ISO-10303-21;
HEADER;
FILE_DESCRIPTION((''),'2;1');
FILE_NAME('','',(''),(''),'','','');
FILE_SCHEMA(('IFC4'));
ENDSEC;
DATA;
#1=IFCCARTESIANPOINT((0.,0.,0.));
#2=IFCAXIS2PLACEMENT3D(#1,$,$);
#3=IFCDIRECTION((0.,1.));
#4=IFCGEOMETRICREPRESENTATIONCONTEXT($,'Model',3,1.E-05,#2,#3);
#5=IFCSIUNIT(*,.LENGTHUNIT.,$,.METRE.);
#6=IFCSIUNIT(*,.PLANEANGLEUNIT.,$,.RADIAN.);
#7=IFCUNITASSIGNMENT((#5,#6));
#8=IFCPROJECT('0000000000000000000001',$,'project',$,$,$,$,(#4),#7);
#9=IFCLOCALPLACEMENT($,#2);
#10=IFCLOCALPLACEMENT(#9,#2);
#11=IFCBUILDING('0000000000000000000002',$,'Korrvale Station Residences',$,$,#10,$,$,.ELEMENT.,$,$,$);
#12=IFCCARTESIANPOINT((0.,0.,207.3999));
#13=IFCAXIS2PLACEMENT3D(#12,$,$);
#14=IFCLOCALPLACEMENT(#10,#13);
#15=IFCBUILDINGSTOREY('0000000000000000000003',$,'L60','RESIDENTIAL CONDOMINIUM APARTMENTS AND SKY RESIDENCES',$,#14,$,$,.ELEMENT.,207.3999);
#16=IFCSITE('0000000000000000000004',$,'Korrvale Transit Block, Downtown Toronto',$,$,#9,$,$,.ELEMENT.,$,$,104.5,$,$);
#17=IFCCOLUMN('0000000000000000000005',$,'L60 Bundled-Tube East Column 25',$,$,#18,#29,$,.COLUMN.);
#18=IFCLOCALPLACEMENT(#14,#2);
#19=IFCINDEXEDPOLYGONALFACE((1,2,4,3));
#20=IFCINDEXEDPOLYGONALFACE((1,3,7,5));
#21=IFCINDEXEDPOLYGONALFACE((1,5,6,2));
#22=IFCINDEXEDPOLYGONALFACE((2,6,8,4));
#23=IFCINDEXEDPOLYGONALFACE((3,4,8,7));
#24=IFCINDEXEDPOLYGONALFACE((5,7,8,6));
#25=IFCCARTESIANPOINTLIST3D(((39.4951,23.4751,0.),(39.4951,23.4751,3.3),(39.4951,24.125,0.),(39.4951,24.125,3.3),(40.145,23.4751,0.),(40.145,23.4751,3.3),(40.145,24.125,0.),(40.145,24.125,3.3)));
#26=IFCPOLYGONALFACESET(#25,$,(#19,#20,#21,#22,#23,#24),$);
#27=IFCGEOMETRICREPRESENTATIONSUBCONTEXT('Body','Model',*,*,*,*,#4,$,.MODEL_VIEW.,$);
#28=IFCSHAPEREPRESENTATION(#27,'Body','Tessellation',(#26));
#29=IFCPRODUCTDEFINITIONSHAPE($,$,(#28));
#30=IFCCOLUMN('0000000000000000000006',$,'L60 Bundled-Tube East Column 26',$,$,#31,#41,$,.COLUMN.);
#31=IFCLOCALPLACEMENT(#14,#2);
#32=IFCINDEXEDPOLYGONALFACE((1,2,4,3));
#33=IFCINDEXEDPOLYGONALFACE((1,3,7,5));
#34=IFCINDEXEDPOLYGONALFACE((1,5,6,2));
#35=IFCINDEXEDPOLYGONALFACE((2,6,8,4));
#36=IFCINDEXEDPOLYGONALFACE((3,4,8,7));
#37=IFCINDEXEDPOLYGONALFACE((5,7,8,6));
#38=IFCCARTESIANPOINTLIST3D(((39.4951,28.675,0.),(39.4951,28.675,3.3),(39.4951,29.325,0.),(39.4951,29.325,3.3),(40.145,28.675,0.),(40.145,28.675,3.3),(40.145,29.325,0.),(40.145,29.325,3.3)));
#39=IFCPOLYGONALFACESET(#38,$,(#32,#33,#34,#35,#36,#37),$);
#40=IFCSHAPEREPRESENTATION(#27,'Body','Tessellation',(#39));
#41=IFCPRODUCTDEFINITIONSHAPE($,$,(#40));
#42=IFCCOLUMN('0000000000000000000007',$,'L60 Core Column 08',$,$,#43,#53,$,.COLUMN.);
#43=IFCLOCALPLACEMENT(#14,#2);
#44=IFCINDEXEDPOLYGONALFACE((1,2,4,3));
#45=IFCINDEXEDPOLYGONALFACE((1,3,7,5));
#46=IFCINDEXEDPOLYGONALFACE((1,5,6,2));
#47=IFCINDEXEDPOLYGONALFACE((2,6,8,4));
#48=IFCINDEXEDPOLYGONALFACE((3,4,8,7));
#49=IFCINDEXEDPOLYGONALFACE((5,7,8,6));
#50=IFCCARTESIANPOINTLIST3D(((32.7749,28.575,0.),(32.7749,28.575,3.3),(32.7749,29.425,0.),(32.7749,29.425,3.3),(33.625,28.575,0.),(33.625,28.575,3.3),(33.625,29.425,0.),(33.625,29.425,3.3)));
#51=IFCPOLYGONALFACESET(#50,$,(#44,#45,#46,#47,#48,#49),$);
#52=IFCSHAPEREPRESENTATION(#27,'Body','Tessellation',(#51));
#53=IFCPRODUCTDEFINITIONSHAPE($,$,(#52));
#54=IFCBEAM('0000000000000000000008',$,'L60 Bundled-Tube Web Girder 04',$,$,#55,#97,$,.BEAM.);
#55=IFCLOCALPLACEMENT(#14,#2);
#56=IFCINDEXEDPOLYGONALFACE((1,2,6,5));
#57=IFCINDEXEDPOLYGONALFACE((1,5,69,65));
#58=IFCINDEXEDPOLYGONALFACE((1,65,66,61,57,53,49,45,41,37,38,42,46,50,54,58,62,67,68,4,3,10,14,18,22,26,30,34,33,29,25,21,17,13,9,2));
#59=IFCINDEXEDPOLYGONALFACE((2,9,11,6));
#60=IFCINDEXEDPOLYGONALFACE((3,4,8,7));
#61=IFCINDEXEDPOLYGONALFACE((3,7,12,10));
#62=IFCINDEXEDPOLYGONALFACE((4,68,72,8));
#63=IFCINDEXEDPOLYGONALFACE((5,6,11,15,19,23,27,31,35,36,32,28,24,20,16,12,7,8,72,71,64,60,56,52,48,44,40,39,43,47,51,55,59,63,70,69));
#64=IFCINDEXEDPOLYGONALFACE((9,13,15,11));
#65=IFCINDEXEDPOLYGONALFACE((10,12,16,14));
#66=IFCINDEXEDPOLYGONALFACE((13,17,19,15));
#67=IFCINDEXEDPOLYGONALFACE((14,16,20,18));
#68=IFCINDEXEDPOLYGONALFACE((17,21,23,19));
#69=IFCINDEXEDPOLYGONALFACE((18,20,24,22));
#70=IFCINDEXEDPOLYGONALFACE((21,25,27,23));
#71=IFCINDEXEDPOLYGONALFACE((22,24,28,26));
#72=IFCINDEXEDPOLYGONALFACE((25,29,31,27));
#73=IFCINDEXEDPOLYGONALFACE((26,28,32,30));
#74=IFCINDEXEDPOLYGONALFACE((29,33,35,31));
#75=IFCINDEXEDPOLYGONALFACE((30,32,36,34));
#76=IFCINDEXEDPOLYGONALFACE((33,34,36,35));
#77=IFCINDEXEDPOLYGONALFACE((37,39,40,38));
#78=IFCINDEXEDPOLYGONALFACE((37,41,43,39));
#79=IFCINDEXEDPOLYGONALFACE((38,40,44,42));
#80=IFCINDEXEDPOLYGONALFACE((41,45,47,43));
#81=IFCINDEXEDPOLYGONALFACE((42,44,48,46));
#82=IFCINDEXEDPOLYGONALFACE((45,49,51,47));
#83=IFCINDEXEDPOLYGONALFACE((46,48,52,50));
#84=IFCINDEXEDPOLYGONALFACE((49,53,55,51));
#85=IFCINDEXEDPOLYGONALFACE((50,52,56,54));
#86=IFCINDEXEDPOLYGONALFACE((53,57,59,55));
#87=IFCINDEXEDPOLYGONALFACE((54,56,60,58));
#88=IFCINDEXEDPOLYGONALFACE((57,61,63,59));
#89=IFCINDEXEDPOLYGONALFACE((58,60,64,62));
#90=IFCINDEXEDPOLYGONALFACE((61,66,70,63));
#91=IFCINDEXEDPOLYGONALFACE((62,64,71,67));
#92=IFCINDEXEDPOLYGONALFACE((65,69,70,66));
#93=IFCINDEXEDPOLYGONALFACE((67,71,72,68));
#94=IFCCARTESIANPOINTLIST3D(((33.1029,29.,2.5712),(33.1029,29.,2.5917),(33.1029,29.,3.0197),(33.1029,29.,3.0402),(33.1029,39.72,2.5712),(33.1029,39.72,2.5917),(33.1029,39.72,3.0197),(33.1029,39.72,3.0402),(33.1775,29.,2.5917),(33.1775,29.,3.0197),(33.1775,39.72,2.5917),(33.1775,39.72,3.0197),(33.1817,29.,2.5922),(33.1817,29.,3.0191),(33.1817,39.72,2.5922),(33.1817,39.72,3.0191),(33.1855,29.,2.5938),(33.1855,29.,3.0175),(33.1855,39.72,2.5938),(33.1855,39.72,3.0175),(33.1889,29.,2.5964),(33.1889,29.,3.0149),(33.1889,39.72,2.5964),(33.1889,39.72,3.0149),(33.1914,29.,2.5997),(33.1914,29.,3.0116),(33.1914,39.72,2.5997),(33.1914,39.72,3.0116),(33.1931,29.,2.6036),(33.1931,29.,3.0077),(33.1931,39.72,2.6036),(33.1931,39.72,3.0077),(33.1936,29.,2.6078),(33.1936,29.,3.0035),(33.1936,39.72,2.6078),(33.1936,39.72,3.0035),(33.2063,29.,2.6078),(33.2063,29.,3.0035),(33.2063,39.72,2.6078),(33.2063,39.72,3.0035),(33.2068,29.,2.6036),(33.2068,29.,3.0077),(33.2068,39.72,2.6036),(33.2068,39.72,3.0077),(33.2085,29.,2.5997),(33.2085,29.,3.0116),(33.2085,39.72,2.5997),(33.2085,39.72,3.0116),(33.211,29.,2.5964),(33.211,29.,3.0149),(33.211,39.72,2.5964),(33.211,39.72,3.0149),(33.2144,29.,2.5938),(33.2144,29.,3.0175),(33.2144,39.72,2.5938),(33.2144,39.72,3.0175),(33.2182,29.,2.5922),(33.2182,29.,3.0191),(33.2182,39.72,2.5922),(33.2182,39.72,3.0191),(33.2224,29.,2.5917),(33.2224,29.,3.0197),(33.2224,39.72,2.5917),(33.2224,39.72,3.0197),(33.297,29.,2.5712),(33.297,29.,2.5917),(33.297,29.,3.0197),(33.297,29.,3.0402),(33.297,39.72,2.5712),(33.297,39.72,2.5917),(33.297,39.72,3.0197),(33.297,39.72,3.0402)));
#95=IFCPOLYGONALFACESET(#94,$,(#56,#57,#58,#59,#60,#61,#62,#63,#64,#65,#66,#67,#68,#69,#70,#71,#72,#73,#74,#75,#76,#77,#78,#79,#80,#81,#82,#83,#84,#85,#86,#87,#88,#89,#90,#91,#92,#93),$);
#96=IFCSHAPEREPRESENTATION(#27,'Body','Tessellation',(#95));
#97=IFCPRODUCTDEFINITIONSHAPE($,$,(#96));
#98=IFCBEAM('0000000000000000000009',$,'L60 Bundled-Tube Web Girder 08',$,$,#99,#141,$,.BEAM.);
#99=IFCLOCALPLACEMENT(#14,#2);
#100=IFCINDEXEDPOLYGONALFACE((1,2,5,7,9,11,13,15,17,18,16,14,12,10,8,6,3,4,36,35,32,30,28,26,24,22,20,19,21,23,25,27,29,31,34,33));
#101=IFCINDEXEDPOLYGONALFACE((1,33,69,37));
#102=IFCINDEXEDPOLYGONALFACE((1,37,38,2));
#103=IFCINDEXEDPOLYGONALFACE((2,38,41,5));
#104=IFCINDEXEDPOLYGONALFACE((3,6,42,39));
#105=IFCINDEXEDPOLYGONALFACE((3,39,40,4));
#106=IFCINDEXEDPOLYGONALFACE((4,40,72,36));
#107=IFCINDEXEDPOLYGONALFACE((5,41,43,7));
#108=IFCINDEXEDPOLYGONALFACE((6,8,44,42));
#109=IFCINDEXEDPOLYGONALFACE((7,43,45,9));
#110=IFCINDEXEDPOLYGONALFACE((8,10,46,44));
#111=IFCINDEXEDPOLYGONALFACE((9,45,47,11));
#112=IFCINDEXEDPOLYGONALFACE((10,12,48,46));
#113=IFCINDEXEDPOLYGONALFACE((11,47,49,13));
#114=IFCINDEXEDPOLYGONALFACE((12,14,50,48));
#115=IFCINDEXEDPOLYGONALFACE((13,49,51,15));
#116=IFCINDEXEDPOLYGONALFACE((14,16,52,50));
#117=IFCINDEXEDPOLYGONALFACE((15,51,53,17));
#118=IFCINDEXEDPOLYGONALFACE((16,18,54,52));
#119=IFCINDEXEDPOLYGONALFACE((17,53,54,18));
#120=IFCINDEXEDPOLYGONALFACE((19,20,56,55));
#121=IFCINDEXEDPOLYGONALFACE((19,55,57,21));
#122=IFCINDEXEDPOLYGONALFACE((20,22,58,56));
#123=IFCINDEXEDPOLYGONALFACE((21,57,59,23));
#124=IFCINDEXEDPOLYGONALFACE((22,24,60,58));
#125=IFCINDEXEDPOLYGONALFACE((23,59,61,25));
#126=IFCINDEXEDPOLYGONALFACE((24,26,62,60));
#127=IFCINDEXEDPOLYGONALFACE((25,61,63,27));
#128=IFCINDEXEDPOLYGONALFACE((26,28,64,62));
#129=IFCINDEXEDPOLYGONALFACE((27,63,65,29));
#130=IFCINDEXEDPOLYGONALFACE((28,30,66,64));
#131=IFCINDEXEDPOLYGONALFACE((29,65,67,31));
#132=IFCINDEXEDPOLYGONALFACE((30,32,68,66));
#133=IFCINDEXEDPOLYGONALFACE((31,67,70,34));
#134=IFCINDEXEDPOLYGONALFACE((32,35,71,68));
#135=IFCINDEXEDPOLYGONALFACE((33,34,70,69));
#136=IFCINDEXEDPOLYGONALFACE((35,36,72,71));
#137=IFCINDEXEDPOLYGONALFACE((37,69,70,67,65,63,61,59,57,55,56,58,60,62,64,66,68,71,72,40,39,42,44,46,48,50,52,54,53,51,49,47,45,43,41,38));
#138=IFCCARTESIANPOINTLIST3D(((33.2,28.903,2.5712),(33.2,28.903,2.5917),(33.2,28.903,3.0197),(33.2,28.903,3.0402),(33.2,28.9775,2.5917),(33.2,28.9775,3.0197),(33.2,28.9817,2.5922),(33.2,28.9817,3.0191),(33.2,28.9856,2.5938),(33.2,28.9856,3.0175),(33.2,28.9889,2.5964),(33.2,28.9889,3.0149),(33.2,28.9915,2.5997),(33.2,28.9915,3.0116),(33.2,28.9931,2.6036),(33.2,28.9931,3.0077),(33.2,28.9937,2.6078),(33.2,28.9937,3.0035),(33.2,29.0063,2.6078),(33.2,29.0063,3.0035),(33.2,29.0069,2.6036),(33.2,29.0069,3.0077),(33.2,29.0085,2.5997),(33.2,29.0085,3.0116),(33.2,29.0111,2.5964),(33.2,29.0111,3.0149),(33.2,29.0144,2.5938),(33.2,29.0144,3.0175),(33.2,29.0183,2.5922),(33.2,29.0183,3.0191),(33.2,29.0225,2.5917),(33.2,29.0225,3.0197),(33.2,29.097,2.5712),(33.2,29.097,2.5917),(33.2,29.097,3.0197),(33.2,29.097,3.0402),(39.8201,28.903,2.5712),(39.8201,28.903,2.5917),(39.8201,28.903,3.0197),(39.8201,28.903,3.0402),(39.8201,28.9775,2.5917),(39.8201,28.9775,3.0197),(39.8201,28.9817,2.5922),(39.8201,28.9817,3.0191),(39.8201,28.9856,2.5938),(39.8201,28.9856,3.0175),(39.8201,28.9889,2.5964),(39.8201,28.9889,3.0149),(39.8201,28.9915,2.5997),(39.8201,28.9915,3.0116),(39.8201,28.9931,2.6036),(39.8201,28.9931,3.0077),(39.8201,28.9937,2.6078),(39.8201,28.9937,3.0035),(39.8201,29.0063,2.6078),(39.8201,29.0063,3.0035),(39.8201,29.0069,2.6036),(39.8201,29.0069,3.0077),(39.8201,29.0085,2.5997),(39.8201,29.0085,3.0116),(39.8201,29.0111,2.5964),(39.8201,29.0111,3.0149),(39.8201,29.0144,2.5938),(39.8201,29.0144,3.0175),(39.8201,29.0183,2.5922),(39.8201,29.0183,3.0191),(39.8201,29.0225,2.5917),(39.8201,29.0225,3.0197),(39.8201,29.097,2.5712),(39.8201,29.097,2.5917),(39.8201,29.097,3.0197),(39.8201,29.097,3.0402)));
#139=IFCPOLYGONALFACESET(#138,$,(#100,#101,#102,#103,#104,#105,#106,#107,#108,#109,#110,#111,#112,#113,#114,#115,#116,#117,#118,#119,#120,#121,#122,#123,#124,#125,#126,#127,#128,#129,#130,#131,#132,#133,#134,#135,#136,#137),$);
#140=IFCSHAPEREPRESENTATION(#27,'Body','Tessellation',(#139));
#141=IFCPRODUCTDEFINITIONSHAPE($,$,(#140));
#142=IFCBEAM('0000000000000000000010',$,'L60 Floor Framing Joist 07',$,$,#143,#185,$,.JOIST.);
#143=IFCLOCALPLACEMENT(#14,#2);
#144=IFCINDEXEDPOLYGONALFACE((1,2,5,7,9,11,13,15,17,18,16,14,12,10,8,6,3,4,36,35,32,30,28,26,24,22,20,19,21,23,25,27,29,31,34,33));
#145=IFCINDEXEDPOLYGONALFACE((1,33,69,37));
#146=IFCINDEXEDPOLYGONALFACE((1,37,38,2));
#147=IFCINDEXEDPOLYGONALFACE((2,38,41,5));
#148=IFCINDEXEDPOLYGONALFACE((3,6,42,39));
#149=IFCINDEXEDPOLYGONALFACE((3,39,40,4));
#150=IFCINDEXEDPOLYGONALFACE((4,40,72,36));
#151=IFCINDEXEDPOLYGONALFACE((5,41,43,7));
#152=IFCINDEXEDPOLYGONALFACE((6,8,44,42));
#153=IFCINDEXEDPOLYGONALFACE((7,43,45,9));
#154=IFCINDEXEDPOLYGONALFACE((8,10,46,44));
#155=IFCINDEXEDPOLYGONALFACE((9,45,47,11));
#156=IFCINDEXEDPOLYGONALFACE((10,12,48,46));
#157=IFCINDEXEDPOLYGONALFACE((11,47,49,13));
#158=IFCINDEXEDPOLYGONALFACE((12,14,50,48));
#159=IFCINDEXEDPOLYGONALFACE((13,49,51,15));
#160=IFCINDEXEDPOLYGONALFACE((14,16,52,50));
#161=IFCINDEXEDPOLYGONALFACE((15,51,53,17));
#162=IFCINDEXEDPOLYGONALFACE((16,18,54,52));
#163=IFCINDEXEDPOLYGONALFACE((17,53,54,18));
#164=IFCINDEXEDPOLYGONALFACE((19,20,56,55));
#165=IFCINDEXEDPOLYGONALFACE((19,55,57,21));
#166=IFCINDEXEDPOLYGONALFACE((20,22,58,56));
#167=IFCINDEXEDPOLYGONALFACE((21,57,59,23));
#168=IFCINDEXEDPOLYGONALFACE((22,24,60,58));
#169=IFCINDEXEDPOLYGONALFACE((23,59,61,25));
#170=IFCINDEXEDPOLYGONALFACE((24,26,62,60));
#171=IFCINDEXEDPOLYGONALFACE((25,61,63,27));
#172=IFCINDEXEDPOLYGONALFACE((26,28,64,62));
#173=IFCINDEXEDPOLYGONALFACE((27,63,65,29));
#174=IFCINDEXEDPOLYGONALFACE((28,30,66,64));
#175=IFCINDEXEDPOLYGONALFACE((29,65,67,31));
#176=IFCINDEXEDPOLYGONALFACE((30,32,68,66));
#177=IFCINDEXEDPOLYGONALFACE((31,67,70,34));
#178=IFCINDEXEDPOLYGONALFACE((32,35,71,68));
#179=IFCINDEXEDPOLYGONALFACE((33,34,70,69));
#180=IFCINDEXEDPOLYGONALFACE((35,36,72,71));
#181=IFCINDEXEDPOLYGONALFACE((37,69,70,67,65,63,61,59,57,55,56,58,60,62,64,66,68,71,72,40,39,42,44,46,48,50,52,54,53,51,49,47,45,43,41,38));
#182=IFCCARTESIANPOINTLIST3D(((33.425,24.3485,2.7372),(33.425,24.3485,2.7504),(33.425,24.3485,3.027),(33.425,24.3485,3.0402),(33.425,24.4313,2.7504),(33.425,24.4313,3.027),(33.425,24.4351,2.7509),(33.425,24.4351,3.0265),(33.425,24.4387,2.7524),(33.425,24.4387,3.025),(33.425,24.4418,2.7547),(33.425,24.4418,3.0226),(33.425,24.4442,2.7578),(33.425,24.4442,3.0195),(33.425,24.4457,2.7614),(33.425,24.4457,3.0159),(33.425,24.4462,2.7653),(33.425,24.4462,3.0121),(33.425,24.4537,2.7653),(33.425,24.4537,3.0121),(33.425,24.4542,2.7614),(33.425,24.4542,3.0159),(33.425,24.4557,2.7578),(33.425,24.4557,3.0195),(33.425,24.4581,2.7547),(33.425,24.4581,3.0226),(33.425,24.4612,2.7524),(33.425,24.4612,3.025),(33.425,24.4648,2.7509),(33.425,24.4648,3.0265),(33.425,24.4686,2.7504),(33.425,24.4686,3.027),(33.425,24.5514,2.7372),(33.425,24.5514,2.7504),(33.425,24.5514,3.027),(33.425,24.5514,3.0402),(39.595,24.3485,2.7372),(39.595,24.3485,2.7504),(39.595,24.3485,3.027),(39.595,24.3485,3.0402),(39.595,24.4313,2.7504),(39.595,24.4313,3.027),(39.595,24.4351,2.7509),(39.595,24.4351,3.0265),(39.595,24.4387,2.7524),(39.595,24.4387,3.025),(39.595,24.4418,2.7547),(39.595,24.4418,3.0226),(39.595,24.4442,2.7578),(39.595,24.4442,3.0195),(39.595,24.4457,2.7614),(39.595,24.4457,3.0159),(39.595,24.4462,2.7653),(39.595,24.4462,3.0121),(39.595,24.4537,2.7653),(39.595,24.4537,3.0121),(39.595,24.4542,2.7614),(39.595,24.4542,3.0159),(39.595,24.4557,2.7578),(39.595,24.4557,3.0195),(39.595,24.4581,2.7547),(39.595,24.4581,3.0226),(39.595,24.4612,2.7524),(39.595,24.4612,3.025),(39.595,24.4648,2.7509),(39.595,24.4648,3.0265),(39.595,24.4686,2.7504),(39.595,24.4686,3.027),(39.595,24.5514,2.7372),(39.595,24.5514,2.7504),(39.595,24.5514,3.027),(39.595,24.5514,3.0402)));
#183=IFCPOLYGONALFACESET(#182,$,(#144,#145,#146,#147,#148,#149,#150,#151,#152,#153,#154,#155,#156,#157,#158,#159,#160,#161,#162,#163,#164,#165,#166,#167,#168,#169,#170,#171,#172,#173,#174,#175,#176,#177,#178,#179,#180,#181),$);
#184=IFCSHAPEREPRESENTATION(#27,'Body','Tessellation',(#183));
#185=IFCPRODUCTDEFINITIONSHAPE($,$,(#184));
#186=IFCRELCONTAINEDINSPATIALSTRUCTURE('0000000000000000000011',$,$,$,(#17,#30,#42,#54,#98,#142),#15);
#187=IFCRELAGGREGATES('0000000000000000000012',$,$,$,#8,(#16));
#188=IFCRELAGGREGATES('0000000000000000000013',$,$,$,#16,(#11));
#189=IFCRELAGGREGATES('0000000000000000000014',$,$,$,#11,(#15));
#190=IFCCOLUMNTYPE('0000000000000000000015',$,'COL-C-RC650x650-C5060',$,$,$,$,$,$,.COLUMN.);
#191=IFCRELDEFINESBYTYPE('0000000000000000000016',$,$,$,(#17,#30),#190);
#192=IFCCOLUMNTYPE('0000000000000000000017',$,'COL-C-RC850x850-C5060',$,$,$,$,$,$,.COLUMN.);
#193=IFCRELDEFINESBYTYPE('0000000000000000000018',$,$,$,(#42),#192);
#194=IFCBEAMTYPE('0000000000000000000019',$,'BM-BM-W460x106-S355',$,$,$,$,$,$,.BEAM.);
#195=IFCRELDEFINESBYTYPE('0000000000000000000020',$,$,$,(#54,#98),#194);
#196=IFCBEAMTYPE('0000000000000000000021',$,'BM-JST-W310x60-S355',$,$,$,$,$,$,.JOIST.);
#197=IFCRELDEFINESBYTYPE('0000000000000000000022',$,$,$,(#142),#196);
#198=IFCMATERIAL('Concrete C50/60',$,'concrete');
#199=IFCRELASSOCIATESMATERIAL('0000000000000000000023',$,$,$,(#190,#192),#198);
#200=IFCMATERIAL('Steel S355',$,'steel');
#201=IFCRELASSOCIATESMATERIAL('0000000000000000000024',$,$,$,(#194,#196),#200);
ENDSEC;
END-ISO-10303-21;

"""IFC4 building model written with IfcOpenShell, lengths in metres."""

from ifc_helpers import new_model, si_unit, direction, frame, origin, origin_2d, place, context, subcontext, project, spatial, rectangle, i_section, extrude, material, material_profile, profile_set, type_object, element, save


model = new_model("IFC4")

# Units and contexts
model_context = context("Model", 3, precision=1e-05, world=origin(), true_north=direction((0.0, 1.0)))
body_context = subcontext(model_context, "Body", "Model", "MODEL_VIEW")
ifc_project = project(units=[si_unit("LENGTHUNIT", "METRE"), si_unit("PLANEANGLEUNIT", "RADIAN")], contexts=[model_context])

# Site, building, storey
site_placement = place(None, origin())
site = spatial("IfcSite", under=ifc_project, at=site_placement, Name="Korrvale Transit Block, Downtown Toronto", CompositionType="ELEMENT", RefElevation=104.5)
building_placement = place(site_placement, origin())
building = spatial("IfcBuilding", under=site, at=building_placement, Name="Korrvale Station Residences", CompositionType="ELEMENT")
storey_placement = place(building_placement, frame((0.0, 0.0, 207.3999)))
storey = spatial("IfcBuildingStorey", under=building, at=storey_placement, Name="L60", Description="RESIDENTIAL CONDOMINIUM APARTMENTS AND SKY RESIDENCES", CompositionType="ELEMENT", Elevation=207.3999)

# Columns
ifc_material_1 = material(Name="Concrete C50/60", Category="concrete")
ifc_material_profile_1 = material_profile(ifc_material_1, rectangle(XDim=0.6499, YDim=0.6499, at=origin_2d()), Name="RC650x650")
ifc_profile_set_1 = profile_set([ifc_material_profile_1], Name="Concrete C50/60")
column_type_1 = type_object("IfcColumnType", Name="COL-C-RC650x650-C5060", PredefinedType="COLUMN", material=ifc_profile_set_1)
for number, where, z_axis, x_axis, name in (
    (1, (39.8201, 23.8, 0.0), (0.0, 0.0, 1.0), (1.0, 0.0, 0.0), "L60 Bundled-Tube East Column 25"),
    (2, (39.8201, 29.0, 0.0), (0.0, 0.0, 1.0), (1.0, 0.0, 0.0), "L60 Bundled-Tube East Column 26"),
):
    element("IfcColumn", number, at=place(storey_placement, frame(where, z_axis=z_axis, x_axis=x_axis)), inside=storey, type_object=column_type_1, Name=name, PredefinedType="COLUMN", context=body_context, shape_type="SweptSolid", body=[
        extrude(rectangle(XDim=0.6499, YDim=0.6499, at=origin_2d()), origin(), (0.0, 0.0, 1.0), 3.3),
    ])
ifc_material_profile_2 = material_profile(ifc_material_1, rectangle(XDim=0.8501, YDim=0.8501, at=origin_2d()), Name="RC850x850")
ifc_profile_set_2 = profile_set([ifc_material_profile_2], Name="Concrete C50/60")
column_type_2 = type_object("IfcColumnType", Name="COL-C-RC850x850-C5060", PredefinedType="COLUMN", material=ifc_profile_set_2)
column_placement = place(storey_placement, frame((33.2, 29.0, 0.0), z_axis=(0.0, 0.0, 1.0), x_axis=(1.0, 0.0, 0.0)))
element("IfcColumn", 3, at=column_placement, inside=storey, type_object=column_type_2, Name="L60 Core Column 08", PredefinedType="COLUMN", context=body_context, shape_type="SweptSolid", body=[
    extrude(rectangle(XDim=0.8501, YDim=0.8501, at=origin_2d()), origin(), (0.0, 0.0, 1.0), 3.3),
])

# Beams
ifc_material_2 = material(Name="Steel S355", Category="steel")
ifc_material_profile_3 = material_profile(ifc_material_2, i_section(OverallWidth=0.1941, OverallDepth=0.469, WebThickness=0.0127, FlangeThickness=0.0205, FilletRadius=0.0161, at=origin_2d()), Name="W460x106")
ifc_profile_set_3 = profile_set([ifc_material_profile_3], Name="Steel S355")
beam_type_1 = type_object("IfcBeamType", Name="BM-BM-W460x106-S355", PredefinedType="BEAM", material=ifc_profile_set_3)
beam_1_placement = place(storey_placement, frame((33.2, 29.0, 2.8057), z_axis=(0.0, 1.0, 0.0), x_axis=(-1.0, 0.0, 0.0)))
element("IfcBeam", 4, at=beam_1_placement, inside=storey, type_object=beam_type_1, Name="L60 Bundled-Tube Web Girder 04", PredefinedType="BEAM", context=body_context, shape_type="SweptSolid", body=[
    extrude(i_section(OverallWidth=0.1941, OverallDepth=0.469, WebThickness=0.0127, FlangeThickness=0.0205, FilletRadius=0.0161, at=origin_2d()), origin(), (0.0, 0.0, 1.0), 10.72),
])
beam_2_placement = place(storey_placement, frame((33.2, 29.0, 2.8057), z_axis=(1.0, 0.0, 0.0), x_axis=(0.0, 1.0, 0.0)))
element("IfcBeam", 5, at=beam_2_placement, inside=storey, type_object=beam_type_1, Name="L60 Bundled-Tube Web Girder 08", PredefinedType="BEAM", context=body_context, shape_type="SweptSolid", body=[
    extrude(i_section(OverallWidth=0.1941, OverallDepth=0.469, WebThickness=0.0127, FlangeThickness=0.0205, FilletRadius=0.0161, at=origin_2d()), origin(), (0.0, 0.0, 1.0), 6.6201),
])
ifc_material_profile_4 = material_profile(ifc_material_2, i_section(OverallWidth=0.2029, OverallDepth=0.303, WebThickness=0.0076, FlangeThickness=0.0132, FilletRadius=0.0149, at=origin_2d()), Name="W310x60")
ifc_profile_set_4 = profile_set([ifc_material_profile_4], Name="Steel S355")
beam_type_2 = type_object("IfcBeamType", Name="BM-JST-W310x60-S355", PredefinedType="JOIST", material=ifc_profile_set_4)
beam_3_placement = place(storey_placement, frame((33.425, 24.45, 2.8887), z_axis=(1.0, 0.0, 0.0), x_axis=(0.0, 1.0, 0.0)))
element("IfcBeam", 6, at=beam_3_placement, inside=storey, type_object=beam_type_2, Name="L60 Floor Framing Joist 07", PredefinedType="JOIST", context=body_context, shape_type="SweptSolid", body=[
    extrude(i_section(OverallWidth=0.2029, OverallDepth=0.303, WebThickness=0.0076, FlangeThickness=0.0132, FilletRadius=0.0149, at=origin_2d()), origin(), (0.0, 0.0, 1.0), 6.1699),
])

save(model, "model.ifc")
